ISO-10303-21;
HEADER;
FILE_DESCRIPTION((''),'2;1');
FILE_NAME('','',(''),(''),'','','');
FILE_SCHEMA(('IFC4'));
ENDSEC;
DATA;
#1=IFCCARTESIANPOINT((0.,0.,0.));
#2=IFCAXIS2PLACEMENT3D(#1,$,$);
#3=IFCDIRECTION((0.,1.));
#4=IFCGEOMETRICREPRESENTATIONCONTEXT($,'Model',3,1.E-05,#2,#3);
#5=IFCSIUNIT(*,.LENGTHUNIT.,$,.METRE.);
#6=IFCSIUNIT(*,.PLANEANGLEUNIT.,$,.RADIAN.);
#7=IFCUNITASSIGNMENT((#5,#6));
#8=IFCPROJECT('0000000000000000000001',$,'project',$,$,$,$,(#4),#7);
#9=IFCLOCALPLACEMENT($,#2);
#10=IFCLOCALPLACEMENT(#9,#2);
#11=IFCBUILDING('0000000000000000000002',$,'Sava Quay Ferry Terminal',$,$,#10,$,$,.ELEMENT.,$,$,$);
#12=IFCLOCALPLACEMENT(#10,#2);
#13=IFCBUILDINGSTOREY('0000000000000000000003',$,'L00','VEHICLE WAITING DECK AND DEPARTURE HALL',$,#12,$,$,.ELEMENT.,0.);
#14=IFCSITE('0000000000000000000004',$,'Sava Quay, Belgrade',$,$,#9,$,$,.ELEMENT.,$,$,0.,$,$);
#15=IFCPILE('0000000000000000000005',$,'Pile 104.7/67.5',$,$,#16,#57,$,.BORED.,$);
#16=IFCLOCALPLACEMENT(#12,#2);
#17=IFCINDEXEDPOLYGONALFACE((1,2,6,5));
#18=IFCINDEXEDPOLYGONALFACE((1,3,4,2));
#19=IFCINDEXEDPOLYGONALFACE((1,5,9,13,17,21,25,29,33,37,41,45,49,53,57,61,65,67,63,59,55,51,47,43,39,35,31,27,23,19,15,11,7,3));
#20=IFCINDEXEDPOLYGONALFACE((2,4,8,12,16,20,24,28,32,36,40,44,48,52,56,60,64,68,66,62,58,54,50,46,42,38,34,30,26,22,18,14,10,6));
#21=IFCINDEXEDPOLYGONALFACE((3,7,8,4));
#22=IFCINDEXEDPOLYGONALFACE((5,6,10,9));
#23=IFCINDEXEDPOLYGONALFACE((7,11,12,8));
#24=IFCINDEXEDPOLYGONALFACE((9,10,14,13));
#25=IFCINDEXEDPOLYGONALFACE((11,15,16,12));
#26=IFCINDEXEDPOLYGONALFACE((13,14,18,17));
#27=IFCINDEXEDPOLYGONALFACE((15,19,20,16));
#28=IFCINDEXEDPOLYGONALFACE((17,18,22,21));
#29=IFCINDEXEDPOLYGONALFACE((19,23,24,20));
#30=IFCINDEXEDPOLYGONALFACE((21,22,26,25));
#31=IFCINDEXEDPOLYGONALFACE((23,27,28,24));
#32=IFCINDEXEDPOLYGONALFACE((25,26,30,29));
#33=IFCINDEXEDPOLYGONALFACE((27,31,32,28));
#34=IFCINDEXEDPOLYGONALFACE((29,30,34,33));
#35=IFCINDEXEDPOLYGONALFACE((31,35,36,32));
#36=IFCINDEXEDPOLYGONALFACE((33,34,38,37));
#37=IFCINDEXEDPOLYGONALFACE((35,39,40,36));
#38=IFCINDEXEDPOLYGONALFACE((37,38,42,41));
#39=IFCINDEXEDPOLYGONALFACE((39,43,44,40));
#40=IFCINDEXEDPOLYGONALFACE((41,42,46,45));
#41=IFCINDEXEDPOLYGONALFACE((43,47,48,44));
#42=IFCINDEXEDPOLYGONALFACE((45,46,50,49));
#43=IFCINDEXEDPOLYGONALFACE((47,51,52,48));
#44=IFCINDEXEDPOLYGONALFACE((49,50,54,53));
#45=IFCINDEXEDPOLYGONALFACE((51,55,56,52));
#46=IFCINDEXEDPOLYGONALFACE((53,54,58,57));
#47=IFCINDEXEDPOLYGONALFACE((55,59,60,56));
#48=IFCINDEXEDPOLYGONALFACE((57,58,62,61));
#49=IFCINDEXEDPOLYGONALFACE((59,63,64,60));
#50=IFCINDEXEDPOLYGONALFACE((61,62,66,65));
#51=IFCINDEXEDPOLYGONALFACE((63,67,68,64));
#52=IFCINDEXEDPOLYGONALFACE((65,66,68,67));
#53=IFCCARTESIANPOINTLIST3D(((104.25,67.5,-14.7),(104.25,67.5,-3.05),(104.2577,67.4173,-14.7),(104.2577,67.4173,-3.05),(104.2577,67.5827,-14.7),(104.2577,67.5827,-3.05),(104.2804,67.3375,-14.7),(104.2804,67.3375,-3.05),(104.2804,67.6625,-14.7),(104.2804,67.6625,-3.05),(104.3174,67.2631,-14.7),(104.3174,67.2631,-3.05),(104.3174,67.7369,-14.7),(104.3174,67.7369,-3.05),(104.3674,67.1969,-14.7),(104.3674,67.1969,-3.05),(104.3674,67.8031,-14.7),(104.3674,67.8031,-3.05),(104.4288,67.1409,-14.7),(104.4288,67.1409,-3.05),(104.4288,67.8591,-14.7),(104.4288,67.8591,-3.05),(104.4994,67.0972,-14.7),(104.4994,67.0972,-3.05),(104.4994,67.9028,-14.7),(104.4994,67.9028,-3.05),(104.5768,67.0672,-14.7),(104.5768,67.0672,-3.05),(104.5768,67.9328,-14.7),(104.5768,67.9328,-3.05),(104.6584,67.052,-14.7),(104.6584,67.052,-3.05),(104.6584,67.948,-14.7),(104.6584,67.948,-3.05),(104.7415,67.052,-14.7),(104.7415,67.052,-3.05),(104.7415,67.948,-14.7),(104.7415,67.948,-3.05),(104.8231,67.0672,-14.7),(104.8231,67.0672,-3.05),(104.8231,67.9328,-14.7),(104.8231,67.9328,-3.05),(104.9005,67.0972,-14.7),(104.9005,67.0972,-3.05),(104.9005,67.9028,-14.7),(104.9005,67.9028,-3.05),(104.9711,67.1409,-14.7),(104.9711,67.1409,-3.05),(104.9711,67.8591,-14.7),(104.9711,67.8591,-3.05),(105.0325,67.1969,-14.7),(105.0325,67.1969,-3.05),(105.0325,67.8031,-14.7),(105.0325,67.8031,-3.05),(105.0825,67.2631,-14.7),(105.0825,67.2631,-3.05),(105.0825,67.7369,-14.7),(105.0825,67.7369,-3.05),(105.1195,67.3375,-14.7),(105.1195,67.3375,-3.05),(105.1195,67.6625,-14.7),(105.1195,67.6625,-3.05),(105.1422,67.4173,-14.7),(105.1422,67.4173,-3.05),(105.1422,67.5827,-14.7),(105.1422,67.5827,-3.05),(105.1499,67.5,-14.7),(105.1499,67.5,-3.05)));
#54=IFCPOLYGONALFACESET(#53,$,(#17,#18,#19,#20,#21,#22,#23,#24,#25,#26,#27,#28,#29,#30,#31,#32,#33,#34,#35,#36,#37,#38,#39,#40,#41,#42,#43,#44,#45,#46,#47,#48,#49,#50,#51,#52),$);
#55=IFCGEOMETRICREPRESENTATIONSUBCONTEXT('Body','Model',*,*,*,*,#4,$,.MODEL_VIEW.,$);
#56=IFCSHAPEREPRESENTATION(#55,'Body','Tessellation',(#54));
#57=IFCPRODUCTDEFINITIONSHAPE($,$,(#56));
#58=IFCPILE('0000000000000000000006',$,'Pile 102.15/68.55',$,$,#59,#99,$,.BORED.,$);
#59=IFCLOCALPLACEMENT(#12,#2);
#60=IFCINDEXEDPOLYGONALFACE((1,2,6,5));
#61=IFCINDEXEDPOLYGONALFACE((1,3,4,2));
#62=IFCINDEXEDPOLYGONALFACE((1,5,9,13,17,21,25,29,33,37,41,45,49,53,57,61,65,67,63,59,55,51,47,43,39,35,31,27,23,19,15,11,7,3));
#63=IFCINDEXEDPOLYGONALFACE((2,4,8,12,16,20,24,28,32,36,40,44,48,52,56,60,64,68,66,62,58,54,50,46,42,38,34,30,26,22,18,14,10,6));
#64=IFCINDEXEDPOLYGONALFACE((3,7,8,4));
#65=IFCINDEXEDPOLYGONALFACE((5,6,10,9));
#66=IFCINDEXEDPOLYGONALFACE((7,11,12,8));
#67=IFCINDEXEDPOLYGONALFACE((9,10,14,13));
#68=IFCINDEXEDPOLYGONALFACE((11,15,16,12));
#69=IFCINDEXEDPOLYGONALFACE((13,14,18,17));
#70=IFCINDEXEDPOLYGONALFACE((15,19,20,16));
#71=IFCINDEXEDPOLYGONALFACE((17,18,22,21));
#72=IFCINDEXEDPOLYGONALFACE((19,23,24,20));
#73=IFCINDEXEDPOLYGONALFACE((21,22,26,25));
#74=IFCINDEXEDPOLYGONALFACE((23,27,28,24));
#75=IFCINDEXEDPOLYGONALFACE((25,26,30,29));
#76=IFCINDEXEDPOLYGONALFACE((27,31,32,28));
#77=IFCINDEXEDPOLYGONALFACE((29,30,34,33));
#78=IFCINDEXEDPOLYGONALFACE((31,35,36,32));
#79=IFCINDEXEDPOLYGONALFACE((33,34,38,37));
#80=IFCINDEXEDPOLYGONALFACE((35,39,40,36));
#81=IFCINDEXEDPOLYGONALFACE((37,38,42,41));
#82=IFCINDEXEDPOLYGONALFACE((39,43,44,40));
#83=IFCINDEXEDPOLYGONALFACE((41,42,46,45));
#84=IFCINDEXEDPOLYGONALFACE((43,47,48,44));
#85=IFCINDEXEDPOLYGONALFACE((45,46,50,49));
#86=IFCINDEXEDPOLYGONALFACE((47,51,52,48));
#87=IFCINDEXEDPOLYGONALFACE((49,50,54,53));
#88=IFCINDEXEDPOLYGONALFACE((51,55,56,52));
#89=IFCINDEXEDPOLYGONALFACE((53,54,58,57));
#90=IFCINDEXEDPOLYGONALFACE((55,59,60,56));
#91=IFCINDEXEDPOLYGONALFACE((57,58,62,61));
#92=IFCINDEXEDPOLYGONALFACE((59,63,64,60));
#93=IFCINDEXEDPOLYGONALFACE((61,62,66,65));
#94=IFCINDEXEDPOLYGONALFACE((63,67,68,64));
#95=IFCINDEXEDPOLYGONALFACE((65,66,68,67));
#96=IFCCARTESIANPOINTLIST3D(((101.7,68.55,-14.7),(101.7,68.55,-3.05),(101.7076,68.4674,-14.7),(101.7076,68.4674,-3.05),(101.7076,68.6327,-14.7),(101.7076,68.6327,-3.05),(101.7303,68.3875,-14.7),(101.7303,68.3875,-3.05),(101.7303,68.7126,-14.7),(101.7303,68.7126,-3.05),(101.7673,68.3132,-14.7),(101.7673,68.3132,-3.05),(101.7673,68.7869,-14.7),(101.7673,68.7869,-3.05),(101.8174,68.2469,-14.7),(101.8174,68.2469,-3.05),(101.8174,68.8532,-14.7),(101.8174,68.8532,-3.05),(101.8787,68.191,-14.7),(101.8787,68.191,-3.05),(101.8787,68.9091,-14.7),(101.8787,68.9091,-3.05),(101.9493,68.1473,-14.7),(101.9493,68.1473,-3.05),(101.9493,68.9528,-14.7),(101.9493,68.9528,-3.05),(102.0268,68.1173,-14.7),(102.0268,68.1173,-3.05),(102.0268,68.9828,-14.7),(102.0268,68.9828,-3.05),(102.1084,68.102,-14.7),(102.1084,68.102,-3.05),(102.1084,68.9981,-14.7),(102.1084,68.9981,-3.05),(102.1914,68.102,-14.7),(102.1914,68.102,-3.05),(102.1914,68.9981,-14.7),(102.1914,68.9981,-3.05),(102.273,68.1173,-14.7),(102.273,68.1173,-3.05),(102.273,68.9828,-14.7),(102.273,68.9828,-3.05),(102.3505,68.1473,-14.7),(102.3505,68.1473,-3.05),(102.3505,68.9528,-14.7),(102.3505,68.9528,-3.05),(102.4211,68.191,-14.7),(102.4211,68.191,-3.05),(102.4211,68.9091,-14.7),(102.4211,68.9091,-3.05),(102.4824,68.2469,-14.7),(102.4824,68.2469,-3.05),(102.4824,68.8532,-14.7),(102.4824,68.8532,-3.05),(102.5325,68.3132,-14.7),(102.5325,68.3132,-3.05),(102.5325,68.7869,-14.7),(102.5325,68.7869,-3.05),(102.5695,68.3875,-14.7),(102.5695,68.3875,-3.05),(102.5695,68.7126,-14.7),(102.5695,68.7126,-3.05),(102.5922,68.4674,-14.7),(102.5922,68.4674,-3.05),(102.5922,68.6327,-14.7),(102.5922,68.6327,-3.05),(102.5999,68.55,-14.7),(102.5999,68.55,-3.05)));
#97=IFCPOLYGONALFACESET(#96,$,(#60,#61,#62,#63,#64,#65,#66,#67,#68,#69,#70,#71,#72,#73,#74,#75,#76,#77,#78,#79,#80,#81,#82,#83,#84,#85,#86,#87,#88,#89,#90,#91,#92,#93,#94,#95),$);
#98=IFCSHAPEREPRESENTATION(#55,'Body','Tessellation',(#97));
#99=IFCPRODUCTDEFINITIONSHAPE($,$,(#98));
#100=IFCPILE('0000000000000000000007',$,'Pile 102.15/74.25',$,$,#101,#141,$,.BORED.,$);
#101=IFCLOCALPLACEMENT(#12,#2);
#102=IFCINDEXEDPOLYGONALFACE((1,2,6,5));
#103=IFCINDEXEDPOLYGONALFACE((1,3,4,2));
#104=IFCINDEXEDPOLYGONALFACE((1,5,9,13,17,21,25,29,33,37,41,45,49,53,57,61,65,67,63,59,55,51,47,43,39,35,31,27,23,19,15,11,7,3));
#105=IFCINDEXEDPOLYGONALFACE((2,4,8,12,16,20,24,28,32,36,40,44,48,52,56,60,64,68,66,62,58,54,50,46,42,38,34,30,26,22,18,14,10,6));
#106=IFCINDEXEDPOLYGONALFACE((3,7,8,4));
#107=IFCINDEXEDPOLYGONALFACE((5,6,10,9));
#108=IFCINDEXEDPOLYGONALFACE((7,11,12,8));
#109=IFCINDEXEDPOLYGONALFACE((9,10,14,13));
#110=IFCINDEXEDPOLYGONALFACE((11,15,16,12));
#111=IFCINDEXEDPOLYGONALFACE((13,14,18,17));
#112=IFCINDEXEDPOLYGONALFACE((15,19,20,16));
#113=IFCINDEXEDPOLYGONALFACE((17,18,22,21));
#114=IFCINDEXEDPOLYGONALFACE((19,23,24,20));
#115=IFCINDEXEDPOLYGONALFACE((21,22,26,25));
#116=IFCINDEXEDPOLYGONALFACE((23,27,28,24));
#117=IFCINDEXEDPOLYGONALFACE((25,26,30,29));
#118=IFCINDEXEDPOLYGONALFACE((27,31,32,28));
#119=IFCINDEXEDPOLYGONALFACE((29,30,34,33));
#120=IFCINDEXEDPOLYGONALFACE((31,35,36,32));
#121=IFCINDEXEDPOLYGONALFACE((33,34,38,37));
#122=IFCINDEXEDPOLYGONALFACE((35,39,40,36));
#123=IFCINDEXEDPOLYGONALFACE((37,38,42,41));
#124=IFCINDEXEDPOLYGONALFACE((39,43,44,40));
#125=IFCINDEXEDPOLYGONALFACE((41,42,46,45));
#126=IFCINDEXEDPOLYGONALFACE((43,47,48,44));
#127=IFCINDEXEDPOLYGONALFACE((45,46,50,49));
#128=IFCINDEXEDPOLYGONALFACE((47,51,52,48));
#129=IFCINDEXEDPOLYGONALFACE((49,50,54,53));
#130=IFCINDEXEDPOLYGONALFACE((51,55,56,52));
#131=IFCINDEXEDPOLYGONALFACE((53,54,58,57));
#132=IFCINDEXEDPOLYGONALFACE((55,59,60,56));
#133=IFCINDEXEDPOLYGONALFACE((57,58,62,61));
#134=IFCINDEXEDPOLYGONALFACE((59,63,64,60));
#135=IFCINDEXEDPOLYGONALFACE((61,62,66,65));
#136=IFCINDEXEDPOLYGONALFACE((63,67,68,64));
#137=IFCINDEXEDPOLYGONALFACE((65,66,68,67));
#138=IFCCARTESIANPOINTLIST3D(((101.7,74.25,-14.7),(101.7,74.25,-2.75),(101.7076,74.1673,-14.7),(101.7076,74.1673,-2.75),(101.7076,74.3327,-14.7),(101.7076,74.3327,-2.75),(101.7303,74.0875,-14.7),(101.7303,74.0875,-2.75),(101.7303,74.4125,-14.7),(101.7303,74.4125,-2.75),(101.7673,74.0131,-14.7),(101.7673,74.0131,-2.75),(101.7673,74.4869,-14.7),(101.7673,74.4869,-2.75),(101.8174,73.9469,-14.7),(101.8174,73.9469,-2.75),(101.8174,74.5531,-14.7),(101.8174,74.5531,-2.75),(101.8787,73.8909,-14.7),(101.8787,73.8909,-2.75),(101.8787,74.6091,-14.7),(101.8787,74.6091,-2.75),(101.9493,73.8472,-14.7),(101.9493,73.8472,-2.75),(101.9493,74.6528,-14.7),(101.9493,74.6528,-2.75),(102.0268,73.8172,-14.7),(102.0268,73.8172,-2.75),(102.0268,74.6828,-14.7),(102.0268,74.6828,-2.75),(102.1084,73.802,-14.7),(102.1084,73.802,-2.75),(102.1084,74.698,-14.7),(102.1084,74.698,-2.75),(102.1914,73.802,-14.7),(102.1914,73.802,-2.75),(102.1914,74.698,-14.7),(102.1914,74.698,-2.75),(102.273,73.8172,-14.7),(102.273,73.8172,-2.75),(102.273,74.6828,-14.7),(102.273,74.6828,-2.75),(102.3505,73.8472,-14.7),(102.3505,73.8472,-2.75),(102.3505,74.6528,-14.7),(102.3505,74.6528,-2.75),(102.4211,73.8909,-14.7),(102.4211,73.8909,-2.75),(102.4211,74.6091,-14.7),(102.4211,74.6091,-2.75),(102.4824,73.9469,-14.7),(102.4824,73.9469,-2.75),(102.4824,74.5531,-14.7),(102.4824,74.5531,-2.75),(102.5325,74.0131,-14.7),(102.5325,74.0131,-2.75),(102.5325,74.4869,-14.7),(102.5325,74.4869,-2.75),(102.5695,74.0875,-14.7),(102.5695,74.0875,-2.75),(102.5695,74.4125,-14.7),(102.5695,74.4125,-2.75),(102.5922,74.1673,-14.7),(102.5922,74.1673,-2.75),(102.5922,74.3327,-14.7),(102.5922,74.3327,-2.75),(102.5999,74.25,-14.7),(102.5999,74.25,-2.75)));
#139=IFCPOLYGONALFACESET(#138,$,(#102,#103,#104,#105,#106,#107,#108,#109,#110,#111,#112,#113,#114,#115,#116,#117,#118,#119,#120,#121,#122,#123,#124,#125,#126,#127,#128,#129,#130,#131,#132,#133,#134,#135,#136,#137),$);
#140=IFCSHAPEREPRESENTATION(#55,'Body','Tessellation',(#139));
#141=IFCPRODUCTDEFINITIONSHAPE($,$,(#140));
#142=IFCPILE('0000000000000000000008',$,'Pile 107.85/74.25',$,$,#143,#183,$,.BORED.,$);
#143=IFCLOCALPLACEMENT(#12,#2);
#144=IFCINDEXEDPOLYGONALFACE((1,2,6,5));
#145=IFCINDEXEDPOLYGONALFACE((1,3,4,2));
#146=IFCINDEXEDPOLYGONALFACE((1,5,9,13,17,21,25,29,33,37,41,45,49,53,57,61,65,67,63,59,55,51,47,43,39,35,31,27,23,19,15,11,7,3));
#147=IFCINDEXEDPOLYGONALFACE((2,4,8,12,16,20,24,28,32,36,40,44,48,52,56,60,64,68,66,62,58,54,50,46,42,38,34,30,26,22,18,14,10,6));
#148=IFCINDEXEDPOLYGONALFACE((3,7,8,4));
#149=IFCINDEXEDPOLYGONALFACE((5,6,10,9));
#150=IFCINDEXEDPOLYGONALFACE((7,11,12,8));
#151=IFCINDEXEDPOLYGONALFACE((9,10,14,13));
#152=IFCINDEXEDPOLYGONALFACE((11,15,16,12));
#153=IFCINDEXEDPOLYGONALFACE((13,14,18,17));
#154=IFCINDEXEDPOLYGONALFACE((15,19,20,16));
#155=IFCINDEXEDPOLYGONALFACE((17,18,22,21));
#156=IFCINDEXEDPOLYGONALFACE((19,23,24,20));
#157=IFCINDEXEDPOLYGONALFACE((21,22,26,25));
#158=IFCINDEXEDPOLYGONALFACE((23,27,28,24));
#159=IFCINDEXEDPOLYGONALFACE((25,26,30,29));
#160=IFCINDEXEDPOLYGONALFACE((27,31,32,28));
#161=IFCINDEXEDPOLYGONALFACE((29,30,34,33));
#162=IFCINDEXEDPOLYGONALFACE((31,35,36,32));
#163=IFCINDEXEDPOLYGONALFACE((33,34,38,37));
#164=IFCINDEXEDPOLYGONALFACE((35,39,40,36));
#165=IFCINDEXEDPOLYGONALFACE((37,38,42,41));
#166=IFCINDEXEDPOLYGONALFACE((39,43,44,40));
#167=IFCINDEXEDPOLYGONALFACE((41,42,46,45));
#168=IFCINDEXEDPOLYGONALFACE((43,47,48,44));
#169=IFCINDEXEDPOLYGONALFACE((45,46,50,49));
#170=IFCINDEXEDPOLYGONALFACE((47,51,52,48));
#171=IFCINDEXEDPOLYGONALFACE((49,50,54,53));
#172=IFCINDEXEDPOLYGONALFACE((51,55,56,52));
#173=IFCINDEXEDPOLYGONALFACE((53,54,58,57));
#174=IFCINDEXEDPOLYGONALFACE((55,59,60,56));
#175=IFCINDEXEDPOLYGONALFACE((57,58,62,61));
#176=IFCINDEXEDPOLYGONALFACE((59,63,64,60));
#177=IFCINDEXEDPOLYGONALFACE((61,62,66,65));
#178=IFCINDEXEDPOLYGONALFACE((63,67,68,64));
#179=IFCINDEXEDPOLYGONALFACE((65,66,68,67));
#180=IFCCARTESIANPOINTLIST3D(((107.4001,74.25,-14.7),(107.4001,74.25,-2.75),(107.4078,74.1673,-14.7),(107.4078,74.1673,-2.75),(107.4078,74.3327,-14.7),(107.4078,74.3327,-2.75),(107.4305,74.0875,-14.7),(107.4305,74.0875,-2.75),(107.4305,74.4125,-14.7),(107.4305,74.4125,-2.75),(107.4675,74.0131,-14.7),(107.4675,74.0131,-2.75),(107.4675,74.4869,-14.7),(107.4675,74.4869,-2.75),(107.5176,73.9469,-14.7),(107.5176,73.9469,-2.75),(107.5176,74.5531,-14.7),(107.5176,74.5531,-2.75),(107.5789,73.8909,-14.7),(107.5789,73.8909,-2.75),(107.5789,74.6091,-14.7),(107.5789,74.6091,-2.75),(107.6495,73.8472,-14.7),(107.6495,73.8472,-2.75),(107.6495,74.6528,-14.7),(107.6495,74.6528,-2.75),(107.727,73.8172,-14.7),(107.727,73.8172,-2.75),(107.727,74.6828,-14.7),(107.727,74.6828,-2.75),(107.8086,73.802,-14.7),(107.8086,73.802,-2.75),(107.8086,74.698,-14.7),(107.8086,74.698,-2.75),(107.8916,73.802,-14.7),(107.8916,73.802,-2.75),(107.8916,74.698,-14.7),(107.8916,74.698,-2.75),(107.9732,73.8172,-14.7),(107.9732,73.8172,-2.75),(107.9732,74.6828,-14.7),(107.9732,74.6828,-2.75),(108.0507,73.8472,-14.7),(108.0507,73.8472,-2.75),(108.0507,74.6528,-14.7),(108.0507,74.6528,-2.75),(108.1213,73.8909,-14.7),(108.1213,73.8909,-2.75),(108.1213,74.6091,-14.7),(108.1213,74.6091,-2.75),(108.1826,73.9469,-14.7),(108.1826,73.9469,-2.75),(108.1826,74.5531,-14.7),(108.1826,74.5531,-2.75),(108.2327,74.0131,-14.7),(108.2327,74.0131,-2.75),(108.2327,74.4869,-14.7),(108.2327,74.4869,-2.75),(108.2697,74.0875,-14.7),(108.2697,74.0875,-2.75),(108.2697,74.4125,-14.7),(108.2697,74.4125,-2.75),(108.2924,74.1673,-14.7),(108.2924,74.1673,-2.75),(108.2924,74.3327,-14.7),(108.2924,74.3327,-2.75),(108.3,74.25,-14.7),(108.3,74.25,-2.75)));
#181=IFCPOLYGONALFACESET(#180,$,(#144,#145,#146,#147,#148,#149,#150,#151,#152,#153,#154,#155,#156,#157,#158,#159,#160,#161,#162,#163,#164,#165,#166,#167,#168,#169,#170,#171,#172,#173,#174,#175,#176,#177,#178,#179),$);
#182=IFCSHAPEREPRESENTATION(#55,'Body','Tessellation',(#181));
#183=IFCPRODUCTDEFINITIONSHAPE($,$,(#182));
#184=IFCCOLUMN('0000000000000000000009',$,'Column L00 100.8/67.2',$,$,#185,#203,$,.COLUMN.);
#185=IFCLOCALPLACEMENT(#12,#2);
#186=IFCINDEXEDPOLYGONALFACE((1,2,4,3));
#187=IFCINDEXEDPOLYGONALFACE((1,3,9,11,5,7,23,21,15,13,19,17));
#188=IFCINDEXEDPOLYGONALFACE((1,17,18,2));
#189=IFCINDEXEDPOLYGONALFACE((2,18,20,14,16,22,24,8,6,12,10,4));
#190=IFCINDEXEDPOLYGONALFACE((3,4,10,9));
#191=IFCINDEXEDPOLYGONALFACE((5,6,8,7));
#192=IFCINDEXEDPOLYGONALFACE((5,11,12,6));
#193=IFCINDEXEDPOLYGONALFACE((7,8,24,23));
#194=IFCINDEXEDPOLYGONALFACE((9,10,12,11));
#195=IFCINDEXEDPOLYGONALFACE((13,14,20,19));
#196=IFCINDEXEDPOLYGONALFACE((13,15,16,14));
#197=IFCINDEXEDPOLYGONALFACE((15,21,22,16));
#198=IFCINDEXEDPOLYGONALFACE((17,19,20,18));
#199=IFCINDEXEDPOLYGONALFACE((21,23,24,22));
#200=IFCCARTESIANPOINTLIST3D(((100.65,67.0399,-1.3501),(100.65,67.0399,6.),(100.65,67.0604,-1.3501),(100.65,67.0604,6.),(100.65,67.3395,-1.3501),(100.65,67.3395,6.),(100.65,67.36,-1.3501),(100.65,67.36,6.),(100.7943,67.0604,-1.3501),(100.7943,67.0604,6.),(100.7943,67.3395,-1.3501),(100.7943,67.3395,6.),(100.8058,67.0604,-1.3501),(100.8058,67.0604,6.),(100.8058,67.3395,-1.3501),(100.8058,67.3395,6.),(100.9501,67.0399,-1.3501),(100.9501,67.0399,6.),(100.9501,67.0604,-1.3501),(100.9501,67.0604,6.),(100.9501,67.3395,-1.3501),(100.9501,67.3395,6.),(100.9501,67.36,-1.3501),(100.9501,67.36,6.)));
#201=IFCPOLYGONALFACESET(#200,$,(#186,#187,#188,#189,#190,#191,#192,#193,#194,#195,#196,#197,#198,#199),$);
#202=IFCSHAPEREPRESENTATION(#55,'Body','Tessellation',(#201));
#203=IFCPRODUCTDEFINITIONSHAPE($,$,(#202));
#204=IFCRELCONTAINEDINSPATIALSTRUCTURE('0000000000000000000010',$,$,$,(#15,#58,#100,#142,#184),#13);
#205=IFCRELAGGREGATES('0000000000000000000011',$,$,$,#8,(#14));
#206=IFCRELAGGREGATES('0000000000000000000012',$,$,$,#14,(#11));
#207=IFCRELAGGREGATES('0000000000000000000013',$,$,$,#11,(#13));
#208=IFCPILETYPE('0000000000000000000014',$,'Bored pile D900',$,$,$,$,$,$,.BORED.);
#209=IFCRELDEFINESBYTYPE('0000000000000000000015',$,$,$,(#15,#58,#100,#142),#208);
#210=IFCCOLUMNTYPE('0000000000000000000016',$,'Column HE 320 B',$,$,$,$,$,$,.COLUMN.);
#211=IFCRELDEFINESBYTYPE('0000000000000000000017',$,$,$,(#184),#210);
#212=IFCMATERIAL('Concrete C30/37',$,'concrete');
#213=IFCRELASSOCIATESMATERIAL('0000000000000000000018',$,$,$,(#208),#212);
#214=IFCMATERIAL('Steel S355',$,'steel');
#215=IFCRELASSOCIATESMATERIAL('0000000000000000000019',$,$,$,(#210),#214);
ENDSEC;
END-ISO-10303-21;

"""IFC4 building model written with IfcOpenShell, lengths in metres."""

from ifc_helpers import new_model, si_unit, direction, frame, origin, origin_2d, place, context, subcontext, project, spatial, circle, i_section, extrude, material, material_profile, profile_set, type_object, element, save


model = new_model("IFC4")

# Units and contexts
model_context = context("Model", 3, precision=1e-05, world=origin(), true_north=direction((0.0, 1.0)))
body_context = subcontext(model_context, "Body", "Model", "MODEL_VIEW")
ifc_project = project(units=[si_unit("LENGTHUNIT", "METRE"), si_unit("PLANEANGLEUNIT", "RADIAN")], contexts=[model_context])

# Site, building, storey
site_placement = place(None, origin())
site = spatial("IfcSite", under=ifc_project, at=site_placement, Name="Sava Quay, Belgrade", CompositionType="ELEMENT", RefElevation=0.0)
building_placement = place(site_placement, origin())
building = spatial("IfcBuilding", under=site, at=building_placement, Name="Sava Quay Ferry Terminal", CompositionType="ELEMENT")
storey_placement = place(building_placement, origin())
storey = spatial("IfcBuildingStorey", under=building, at=storey_placement, Name="L00", Description="VEHICLE WAITING DECK AND DEPARTURE HALL", CompositionType="ELEMENT", Elevation=0.0)

# Piles
ifc_material_1 = material(Name="Concrete C30/37", Category="concrete")
ifc_material_profile_1 = material_profile(ifc_material_1, circle(Radius=0.45, at=origin_2d()), Name="Bored pile D900")
ifc_profile_set_1 = profile_set([ifc_material_profile_1], Name="Concrete C30/37")
pile_type = type_object("IfcPileType", Name="Bored pile D900", PredefinedType="BORED", material=ifc_profile_set_1)
for number, where, z_axis, x_axis, name in (
    (1, (104.7, 67.5, -3.05), (0.0, 0.0, -1.0), (1.0, 0.0, 0.0), "Pile 104.7/67.5"),
    (2, (102.1499, 68.55, -3.05), (0.0, 0.0, -1.0), (1.0, 0.0, 0.0), "Pile 102.15/68.55"),
):
    element("IfcPile", number, at=place(storey_placement, frame(where, z_axis=z_axis, x_axis=x_axis)), inside=storey, type_object=pile_type, Name=name, PredefinedType="BORED", context=body_context, shape_type="SweptSolid", body=[
        extrude(circle(Radius=0.45, at=origin_2d()), origin(), (0.0, 0.0, 1.0), 11.6499),
    ])
for number, where, z_axis, x_axis, name in (
    (3, (102.1499, 74.25, -2.75), (0.0, 0.0, -1.0), (1.0, 0.0, 0.0), "Pile 102.15/74.25"),
    (4, (107.8501, 74.25, -2.75), (0.0, 0.0, -1.0), (1.0, 0.0, 0.0), "Pile 107.85/74.25"),
):
    element("IfcPile", number, at=place(storey_placement, frame(where, z_axis=z_axis, x_axis=x_axis)), inside=storey, type_object=pile_type, Name=name, PredefinedType="BORED", context=body_context, shape_type="SweptSolid", body=[
        extrude(circle(Radius=0.45, at=origin_2d()), origin(), (0.0, 0.0, 1.0), 11.95),
    ])

# Column
ifc_material_2 = material(Name="Steel S355", Category="steel")
ifc_material_profile_2 = material_profile(ifc_material_2, i_section(OverallWidth=0.3, OverallDepth=0.3201, WebThickness=0.0115, FlangeThickness=0.0205, at=origin_2d()), Name="HE 320 B")
ifc_profile_set_2 = profile_set([ifc_material_profile_2], Name="Steel S355")
column_type = type_object("IfcColumnType", Name="Column HE 320 B", PredefinedType="COLUMN", material=ifc_profile_set_2)
column_placement = place(storey_placement, frame((100.8, 67.2, -1.3501), z_axis=(0.0, 0.0, 1.0), x_axis=(1.0, 0.0, 0.0)))
element("IfcColumn", 5, at=column_placement, inside=storey, type_object=column_type, Name="Column L00 100.8/67.2", PredefinedType="COLUMN", context=body_context, shape_type="SweptSolid", body=[
    extrude(i_section(OverallWidth=0.3, OverallDepth=0.3201, WebThickness=0.0115, FlangeThickness=0.0205, at=origin_2d()), origin(), (0.0, 0.0, 1.0), 7.3501),
])

save(model, "model.ifc")
